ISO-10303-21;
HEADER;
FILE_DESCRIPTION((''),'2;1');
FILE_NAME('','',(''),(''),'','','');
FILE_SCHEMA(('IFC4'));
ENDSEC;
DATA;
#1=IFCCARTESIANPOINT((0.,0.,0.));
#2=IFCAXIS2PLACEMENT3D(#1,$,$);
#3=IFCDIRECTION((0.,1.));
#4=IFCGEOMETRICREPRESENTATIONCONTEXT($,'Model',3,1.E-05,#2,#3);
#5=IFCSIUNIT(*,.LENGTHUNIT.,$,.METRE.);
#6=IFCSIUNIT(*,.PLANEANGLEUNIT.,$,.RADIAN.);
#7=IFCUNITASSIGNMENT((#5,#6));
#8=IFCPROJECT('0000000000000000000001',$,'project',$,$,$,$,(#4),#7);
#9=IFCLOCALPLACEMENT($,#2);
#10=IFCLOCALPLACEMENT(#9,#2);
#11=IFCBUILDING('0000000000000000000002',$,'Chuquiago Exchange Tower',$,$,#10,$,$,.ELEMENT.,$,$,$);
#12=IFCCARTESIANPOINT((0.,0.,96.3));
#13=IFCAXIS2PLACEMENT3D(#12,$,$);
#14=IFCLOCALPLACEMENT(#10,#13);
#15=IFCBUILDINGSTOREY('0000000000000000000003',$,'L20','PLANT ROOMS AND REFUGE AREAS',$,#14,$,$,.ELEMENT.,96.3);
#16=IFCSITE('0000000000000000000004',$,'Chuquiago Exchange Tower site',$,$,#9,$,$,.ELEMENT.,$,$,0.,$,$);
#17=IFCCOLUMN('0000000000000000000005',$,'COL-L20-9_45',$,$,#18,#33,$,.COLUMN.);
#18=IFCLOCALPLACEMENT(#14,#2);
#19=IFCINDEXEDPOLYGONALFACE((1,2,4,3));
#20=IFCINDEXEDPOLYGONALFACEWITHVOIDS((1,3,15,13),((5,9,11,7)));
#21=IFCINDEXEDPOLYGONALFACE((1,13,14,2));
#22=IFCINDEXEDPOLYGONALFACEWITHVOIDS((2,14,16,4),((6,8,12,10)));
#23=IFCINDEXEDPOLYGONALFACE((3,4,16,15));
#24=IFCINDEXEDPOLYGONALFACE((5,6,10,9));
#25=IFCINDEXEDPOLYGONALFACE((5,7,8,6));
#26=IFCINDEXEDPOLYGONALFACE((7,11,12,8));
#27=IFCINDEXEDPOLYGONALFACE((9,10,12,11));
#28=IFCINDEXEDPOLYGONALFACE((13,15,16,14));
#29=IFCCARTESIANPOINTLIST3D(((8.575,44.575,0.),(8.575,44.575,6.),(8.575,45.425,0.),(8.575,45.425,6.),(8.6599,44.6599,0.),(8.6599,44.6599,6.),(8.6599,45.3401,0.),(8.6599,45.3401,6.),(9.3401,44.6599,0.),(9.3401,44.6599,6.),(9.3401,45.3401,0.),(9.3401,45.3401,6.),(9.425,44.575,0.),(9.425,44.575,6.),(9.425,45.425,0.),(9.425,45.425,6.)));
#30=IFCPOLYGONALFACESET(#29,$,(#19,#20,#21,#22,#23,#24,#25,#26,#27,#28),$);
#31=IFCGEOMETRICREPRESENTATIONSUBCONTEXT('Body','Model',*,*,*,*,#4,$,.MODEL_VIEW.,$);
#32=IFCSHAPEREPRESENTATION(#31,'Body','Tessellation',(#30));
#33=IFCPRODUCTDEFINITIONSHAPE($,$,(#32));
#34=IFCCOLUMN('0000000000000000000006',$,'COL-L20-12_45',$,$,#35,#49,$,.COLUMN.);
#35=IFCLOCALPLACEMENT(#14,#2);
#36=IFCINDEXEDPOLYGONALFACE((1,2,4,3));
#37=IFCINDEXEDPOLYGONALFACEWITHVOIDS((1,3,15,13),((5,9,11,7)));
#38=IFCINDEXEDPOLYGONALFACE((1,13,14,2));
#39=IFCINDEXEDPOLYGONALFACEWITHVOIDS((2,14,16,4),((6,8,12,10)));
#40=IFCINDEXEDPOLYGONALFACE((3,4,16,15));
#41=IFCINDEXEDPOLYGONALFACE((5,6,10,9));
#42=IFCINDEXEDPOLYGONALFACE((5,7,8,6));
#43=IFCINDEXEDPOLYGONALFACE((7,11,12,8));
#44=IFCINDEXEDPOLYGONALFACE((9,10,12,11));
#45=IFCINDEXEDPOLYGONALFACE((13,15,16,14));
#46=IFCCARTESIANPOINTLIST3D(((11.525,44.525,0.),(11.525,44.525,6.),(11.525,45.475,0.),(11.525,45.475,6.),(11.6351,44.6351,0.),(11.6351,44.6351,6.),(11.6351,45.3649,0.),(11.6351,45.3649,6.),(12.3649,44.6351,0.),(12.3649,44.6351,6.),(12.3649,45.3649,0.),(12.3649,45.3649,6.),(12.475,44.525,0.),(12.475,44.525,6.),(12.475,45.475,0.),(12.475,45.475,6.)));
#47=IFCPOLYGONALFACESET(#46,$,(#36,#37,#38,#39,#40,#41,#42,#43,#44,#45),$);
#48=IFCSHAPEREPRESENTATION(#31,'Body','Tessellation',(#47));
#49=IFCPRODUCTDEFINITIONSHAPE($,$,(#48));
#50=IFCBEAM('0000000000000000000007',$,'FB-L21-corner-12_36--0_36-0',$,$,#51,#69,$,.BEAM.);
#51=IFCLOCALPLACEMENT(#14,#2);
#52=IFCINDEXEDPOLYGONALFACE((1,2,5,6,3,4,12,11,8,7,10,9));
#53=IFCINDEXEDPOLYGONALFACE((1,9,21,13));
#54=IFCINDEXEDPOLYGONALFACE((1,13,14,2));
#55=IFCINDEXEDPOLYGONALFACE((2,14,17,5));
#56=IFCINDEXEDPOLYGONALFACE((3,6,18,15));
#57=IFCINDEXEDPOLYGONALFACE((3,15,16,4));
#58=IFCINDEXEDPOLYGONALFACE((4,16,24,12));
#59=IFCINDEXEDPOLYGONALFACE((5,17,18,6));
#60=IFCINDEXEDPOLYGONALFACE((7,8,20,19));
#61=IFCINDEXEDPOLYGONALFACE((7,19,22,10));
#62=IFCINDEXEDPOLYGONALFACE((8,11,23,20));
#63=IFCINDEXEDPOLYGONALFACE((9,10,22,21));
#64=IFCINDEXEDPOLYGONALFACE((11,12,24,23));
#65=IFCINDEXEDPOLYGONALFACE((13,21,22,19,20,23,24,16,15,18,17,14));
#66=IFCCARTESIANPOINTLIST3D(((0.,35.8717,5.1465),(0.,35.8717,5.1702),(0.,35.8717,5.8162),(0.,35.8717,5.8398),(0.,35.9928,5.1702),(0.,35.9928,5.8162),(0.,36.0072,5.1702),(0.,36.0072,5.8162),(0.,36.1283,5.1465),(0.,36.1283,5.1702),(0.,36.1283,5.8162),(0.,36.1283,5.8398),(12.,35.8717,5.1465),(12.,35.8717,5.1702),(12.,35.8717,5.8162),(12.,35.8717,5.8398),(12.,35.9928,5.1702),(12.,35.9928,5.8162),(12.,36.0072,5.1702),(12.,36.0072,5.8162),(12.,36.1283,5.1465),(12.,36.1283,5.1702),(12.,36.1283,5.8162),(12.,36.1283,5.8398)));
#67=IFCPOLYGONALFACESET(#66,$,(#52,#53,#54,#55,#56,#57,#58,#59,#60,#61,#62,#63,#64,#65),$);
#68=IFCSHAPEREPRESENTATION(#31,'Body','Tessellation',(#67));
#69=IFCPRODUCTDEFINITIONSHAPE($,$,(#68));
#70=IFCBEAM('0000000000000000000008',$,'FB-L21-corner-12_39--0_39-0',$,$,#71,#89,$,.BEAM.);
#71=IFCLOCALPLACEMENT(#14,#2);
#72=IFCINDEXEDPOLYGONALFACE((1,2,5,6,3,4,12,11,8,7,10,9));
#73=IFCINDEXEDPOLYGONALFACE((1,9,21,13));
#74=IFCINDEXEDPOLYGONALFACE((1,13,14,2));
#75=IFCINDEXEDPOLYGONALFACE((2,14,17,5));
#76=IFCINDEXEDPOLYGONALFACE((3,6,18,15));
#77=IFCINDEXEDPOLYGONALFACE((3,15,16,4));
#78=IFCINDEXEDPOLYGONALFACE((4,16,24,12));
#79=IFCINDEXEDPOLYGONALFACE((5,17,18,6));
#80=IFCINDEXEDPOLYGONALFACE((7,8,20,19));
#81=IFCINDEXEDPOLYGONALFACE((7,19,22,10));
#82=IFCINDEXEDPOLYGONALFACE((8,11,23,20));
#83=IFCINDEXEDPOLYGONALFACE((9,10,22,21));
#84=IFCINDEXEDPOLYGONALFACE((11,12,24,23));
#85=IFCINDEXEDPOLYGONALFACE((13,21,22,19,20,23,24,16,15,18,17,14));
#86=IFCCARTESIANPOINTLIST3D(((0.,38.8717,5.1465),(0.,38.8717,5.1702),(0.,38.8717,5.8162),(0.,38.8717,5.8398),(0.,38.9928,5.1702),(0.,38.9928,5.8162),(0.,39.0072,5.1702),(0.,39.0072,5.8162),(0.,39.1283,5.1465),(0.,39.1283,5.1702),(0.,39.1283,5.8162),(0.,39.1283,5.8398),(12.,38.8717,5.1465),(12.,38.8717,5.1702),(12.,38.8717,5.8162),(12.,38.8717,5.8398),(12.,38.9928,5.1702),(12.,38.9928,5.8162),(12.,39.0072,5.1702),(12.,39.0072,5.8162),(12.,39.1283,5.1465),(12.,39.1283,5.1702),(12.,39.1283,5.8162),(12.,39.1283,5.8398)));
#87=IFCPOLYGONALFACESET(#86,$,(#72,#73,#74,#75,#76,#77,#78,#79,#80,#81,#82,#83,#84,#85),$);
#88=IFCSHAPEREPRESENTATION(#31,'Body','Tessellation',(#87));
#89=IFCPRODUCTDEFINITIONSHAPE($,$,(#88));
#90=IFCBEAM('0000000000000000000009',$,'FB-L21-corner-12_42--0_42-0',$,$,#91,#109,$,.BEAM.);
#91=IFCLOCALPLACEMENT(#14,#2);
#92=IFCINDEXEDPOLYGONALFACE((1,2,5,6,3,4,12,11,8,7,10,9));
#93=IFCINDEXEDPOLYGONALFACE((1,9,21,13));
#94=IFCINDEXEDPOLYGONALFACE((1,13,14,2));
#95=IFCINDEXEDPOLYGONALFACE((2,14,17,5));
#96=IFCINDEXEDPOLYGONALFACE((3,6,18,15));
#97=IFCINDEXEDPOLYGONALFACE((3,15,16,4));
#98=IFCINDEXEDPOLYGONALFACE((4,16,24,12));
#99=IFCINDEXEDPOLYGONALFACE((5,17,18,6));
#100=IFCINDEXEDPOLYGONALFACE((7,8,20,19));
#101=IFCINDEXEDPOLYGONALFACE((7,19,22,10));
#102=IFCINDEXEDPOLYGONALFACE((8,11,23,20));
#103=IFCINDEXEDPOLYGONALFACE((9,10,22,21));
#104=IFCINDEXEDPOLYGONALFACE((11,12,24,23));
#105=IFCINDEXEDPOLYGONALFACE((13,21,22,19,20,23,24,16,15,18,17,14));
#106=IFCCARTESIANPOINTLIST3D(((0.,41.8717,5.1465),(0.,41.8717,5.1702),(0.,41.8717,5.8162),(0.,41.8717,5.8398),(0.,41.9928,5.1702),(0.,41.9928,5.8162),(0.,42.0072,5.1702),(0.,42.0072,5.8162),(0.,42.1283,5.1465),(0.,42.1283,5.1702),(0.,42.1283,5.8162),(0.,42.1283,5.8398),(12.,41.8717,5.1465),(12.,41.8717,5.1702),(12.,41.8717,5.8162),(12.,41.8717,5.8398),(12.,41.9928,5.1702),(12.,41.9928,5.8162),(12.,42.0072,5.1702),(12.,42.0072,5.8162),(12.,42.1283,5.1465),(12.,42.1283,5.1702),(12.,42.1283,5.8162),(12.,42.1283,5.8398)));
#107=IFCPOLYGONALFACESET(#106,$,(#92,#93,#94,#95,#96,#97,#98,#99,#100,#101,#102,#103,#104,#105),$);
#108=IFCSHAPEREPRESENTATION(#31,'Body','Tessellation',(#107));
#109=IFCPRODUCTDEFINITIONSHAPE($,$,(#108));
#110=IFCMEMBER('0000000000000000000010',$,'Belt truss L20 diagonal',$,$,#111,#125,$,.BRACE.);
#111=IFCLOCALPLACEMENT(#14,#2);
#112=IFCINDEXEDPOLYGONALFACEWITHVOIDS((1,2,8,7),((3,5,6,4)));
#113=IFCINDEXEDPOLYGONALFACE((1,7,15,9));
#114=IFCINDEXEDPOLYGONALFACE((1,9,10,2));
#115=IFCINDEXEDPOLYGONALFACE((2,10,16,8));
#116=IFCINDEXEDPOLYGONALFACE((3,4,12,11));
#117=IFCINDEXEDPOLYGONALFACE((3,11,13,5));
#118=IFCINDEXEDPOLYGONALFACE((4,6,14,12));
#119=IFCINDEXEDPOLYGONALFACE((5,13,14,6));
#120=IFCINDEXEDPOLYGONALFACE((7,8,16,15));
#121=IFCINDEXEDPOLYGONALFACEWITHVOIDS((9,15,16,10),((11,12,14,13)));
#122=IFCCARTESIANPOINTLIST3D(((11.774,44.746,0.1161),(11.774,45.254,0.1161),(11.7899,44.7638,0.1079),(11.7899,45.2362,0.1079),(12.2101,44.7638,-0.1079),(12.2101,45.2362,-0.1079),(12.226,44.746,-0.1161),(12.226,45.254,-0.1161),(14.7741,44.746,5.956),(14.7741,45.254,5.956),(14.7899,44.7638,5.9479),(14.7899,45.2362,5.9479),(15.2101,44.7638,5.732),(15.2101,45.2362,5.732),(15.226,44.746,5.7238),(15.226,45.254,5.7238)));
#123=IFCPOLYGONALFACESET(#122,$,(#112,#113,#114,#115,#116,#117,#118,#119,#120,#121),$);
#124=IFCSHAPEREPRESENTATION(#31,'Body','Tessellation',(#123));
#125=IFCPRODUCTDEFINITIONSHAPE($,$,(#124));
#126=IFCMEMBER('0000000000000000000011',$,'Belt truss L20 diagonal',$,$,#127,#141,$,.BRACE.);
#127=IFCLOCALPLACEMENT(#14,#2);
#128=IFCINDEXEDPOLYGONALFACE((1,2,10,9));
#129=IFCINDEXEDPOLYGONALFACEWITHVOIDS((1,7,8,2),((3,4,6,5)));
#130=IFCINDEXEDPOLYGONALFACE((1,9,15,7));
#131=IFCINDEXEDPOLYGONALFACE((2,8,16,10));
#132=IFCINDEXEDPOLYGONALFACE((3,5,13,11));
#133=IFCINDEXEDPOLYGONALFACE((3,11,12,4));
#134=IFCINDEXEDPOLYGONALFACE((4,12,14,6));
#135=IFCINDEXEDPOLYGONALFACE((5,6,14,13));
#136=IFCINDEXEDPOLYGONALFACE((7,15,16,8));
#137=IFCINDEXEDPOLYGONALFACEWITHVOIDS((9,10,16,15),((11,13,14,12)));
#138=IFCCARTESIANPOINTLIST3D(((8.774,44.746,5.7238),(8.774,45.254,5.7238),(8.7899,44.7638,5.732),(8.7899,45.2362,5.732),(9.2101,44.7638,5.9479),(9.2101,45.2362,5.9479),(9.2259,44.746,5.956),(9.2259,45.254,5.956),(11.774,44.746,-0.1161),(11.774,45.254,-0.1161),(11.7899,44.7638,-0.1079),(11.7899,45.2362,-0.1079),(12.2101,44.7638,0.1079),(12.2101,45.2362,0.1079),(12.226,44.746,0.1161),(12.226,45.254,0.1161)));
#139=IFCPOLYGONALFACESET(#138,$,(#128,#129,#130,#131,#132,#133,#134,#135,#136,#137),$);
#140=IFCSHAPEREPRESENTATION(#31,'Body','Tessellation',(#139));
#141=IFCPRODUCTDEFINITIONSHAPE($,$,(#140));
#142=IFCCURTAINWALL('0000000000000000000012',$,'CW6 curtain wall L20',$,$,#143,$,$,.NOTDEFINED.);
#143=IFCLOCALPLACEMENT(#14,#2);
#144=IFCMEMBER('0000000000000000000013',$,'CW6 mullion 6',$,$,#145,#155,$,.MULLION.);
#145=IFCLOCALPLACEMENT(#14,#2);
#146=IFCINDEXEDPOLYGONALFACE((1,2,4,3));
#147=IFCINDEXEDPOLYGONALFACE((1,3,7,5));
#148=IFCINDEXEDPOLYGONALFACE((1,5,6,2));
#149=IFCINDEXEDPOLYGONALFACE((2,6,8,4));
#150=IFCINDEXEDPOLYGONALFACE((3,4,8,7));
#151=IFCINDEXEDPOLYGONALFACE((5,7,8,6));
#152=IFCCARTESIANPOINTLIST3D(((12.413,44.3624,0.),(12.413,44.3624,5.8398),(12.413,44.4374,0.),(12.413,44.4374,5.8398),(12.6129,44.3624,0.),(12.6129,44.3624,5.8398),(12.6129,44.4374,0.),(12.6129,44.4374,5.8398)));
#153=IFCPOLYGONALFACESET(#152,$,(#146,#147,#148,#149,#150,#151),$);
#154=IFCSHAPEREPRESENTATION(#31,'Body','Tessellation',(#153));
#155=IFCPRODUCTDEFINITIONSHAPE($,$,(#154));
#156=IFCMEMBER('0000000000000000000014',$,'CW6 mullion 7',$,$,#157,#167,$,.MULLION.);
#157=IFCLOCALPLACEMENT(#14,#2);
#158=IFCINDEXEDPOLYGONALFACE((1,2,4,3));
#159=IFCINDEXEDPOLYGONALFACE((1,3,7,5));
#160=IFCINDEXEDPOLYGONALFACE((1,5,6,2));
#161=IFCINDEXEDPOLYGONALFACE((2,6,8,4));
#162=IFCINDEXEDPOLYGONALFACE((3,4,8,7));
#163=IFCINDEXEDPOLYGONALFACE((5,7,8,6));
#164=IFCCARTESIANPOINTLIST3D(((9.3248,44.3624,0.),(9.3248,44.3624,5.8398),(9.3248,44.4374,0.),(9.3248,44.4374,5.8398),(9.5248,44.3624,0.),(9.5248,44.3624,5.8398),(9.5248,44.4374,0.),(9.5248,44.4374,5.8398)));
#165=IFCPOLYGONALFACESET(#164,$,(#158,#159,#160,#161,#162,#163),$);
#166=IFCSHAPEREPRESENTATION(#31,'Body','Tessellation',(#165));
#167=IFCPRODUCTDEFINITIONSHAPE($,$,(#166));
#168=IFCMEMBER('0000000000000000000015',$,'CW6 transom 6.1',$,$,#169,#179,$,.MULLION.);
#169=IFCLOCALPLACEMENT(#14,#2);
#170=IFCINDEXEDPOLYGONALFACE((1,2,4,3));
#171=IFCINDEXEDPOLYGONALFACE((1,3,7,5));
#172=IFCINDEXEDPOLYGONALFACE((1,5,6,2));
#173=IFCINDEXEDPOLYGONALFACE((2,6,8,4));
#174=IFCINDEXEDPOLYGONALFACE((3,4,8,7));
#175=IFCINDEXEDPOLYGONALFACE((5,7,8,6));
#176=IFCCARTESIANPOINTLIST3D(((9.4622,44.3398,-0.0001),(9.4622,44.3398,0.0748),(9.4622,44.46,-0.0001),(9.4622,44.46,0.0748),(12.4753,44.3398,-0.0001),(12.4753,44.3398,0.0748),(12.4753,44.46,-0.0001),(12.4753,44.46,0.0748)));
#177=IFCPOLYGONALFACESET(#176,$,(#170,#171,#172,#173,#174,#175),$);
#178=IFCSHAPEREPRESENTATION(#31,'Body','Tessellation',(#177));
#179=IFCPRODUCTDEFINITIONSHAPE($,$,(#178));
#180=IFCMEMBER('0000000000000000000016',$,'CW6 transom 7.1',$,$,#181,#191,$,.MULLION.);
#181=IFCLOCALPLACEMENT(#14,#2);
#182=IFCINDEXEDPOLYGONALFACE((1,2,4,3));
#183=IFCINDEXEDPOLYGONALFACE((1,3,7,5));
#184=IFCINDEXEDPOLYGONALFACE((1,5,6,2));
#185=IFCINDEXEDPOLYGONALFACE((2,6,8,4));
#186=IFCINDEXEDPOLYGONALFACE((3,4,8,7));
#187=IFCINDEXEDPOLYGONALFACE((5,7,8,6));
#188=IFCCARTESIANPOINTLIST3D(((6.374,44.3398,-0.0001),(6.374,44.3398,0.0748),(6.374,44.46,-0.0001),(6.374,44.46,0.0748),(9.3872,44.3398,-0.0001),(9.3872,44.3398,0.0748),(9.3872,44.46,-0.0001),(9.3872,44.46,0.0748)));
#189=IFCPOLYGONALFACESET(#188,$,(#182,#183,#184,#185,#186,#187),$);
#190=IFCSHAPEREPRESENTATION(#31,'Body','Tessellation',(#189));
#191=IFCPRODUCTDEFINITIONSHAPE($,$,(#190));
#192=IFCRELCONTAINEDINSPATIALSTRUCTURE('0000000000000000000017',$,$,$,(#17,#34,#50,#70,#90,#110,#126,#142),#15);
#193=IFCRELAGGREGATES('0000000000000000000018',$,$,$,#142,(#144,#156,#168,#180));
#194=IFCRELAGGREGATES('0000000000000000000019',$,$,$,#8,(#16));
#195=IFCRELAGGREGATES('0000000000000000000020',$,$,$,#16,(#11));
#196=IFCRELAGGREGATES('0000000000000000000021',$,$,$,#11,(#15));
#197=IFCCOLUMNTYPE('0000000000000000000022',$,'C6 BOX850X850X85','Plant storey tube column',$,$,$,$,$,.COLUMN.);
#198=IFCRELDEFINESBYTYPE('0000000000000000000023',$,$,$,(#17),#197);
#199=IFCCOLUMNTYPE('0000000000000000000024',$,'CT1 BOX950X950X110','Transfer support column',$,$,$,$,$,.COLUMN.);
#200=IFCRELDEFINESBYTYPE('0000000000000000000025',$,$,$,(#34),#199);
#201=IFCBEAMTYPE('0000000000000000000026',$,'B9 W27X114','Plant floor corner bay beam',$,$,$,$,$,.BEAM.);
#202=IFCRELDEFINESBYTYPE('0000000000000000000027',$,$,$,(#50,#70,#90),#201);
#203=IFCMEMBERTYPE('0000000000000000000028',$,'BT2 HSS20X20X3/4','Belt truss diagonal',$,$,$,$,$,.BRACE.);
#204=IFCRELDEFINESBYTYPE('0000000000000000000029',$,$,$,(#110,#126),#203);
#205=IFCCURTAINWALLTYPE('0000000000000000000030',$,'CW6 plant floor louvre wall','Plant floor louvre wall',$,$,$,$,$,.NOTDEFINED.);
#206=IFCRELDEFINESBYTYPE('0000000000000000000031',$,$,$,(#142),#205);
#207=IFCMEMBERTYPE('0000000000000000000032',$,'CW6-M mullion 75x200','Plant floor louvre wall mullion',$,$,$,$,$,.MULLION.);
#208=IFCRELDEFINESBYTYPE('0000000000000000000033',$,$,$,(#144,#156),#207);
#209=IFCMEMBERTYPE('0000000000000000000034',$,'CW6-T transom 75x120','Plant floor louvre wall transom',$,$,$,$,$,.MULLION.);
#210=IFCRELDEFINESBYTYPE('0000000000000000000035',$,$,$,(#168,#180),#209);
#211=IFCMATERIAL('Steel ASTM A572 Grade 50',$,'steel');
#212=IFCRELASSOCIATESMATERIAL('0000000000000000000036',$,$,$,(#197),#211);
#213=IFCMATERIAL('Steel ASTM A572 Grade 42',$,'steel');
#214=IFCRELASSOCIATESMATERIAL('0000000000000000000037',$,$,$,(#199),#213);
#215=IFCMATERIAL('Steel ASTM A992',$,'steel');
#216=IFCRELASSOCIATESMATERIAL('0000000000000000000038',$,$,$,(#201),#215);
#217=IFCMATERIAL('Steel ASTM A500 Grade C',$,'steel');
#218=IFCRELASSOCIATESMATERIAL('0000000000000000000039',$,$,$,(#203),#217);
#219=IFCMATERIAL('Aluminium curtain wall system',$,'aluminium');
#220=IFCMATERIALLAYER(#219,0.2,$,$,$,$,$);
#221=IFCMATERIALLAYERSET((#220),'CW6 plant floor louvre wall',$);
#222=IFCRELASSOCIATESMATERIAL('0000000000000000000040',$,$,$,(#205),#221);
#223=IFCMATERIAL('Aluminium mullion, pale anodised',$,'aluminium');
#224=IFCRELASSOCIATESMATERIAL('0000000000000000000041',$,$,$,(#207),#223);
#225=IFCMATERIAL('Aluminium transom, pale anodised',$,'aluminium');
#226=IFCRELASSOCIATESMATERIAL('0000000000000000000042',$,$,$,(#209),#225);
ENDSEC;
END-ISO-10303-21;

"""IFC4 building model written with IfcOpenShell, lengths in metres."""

from ifc_helpers import new_model, si_unit, direction, frame, origin, origin_2d, place, context, subcontext, project, spatial, rectangle, hollow_rectangle, i_section, extrude, material, layer, layer_set, material_profile, profile_set, type_object, element, aggregate, save


model = new_model("IFC4")

# Units and contexts
model_context = context("Model", 3, precision=1e-05, world=origin(), true_north=direction((0.0, 1.0)))
body_context = subcontext(model_context, "Body", "Model", "MODEL_VIEW")
ifc_project = project(units=[si_unit("LENGTHUNIT", "METRE"), si_unit("PLANEANGLEUNIT", "RADIAN")], contexts=[model_context])

# Site, building, storey
site_placement = place(None, origin())
site = spatial("IfcSite", under=ifc_project, at=site_placement, Name="Chuquiago Exchange Tower site", CompositionType="ELEMENT", RefElevation=0.0)
building_placement = place(site_placement, origin())
building = spatial("IfcBuilding", under=site, at=building_placement, Name="Chuquiago Exchange Tower", CompositionType="ELEMENT")
storey_placement = place(building_placement, frame((0.0, 0.0, 96.3)))
storey = spatial("IfcBuildingStorey", under=building, at=storey_placement, Name="L20", Description="PLANT ROOMS AND REFUGE AREAS", CompositionType="ELEMENT", Elevation=96.3)

# Columns
ifc_material_1 = material(Name="Steel ASTM A572 Grade 50", Category="steel")
ifc_material_profile_1 = material_profile(ifc_material_1, hollow_rectangle(XDim=0.8501, YDim=0.8501, WallThickness=0.085, at=origin_2d()), Name="BOX850X850X85")
ifc_profile_set_1 = profile_set([ifc_material_profile_1], Name="Steel ASTM A572 Grade 50")
column_type_1 = type_object("IfcColumnType", Name="C6 BOX850X850X85", Description="Plant storey tube column", PredefinedType="COLUMN", material=ifc_profile_set_1)
column_1_placement = place(storey_placement, frame((9.0, 45.0, 0.0), z_axis=(0.0, 0.0, 1.0), x_axis=(0.0, 1.0, 0.0)))
element("IfcColumn", 1, at=column_1_placement, inside=storey, type_object=column_type_1, Name="COL-L20-9_45", PredefinedType="COLUMN", context=body_context, shape_type="SweptSolid", body=[
    extrude(hollow_rectangle(XDim=0.8501, YDim=0.8501, WallThickness=0.085, at=origin_2d()), origin(), (0.0, 0.0, 1.0), 6.0),
])
ifc_material_2 = material(Name="Steel ASTM A572 Grade 42", Category="steel")
ifc_material_profile_2 = material_profile(ifc_material_2, hollow_rectangle(XDim=0.95, YDim=0.95, WallThickness=0.1101, at=origin_2d()), Name="BOX950X950X110")
ifc_profile_set_2 = profile_set([ifc_material_profile_2], Name="Steel ASTM A572 Grade 42")
column_type_2 = type_object("IfcColumnType", Name="CT1 BOX950X950X110", Description="Transfer support column", PredefinedType="COLUMN", material=ifc_profile_set_2)
column_2_placement = place(storey_placement, frame((12.0, 45.0, 0.0), z_axis=(0.0, 0.0, 1.0), x_axis=(0.0, 1.0, 0.0)))
element("IfcColumn", 2, at=column_2_placement, inside=storey, type_object=column_type_2, Name="COL-L20-12_45", PredefinedType="COLUMN", context=body_context, shape_type="SweptSolid", body=[
    extrude(hollow_rectangle(XDim=0.95, YDim=0.95, WallThickness=0.1101, at=origin_2d()), origin(), (0.0, 0.0, 1.0), 6.0),
])

# Beams
ifc_material_3 = material(Name="Steel ASTM A992", Category="steel")
ifc_material_profile_3 = material_profile(ifc_material_3, i_section(OverallWidth=0.2566, OverallDepth=0.6934, WebThickness=0.0144, FlangeThickness=0.0237, at=origin_2d()), Name="W27X114")
ifc_profile_set_3 = profile_set([ifc_material_profile_3], Name="Steel ASTM A992")
beam_type_1 = type_object("IfcBeamType", Name="B9 W27X114", Description="Plant floor corner bay beam", PredefinedType="BEAM", material=ifc_profile_set_3)
for number, where, z_axis, x_axis, name in (
    (3, (12.0, 36.0, 5.4932), (-1.0, 0.0, 0.0), (0.0, -1.0, 0.0), "FB-L21-corner-12_36--0_36-0"),
    (4, (12.0, 39.0, 5.4932), (-1.0, 0.0, 0.0), (0.0, -1.0, 0.0), "FB-L21-corner-12_39--0_39-0"),
    (5, (12.0, 42.0, 5.4932), (-1.0, 0.0, 0.0), (0.0, -1.0, 0.0), "FB-L21-corner-12_42--0_42-0"),
):
    element("IfcBeam", number, at=place(storey_placement, frame(where, z_axis=z_axis, x_axis=x_axis)), inside=storey, type_object=beam_type_1, Name=name, PredefinedType="BEAM", context=body_context, shape_type="SweptSolid", body=[
        extrude(i_section(OverallWidth=0.2566, OverallDepth=0.6934, WebThickness=0.0144, FlangeThickness=0.0237, at=origin_2d()), origin(), (0.0, 0.0, 1.0), 12.0),
    ])

# Members
ifc_material_4 = material(Name="Steel ASTM A500 Grade C", Category="steel")
ifc_material_profile_4 = material_profile(ifc_material_4, hollow_rectangle(XDim=0.5081, YDim=0.5081, WallThickness=0.0178, at=origin_2d()), Name="HSS20X20X3/4")
ifc_profile_set_4 = profile_set([ifc_material_profile_4], Name="Steel ASTM A500 Grade C")
member_type_1 = type_object("IfcMemberType", Name="BT2 HSS20X20X3/4", Description="Belt truss diagonal", PredefinedType="BRACE", material=ifc_profile_set_4)
for number, where, z_axis, x_axis, name in (
    (6, (12.0, 45.0, 0.0), (0.456945, 0.0, 0.889495), (0.0, 1.0, 0.0), "Belt truss L20 diagonal"),
    (7, (12.0, 45.0, 0.0), (-0.456945, 0.0, 0.889495), (0.0, -1.0, 0.0), "Belt truss L20 diagonal"),
):
    element("IfcMember", number, at=place(storey_placement, frame(where, z_axis=z_axis, x_axis=x_axis)), inside=storey, type_object=member_type_1, Name=name, PredefinedType="BRACE", context=body_context, shape_type="SweptSolid", body=[
        extrude(hollow_rectangle(XDim=0.5081, YDim=0.5081, WallThickness=0.0178, at=origin_2d()), origin(), (0.0, 0.0, 1.0), 6.5654),
    ])

# Curtain wall, members
ifc_material_5 = material(Name="Aluminium curtain wall system", Category="aluminium")
ifc_layer_1 = layer(ifc_material_5, 0.2)
ifc_layer_set_1 = layer_set([ifc_layer_1], Name="CW6 plant floor louvre wall")
curtain_wall_type = type_object("IfcCurtainWallType", Name="CW6 plant floor louvre wall", Description="Plant floor louvre wall", PredefinedType="NOTDEFINED", material=ifc_layer_set_1)
curtain_wall_placement = place(storey_placement, origin())
curtain_wall = element("IfcCurtainWall", 8, at=curtain_wall_placement, inside=storey, type_object=curtain_wall_type, Name="CW6 curtain wall L20", PredefinedType="NOTDEFINED")
ifc_material_6 = material(Name="Aluminium mullion, pale anodised", Category="aluminium")
ifc_material_profile_5 = material_profile(ifc_material_6, rectangle(XDim=0.075, YDim=0.2, at=origin_2d()), Name="AL 75x200")
ifc_profile_set_5 = profile_set([ifc_material_profile_5], Name="Aluminium mullion, pale anodised")
member_type_2 = type_object("IfcMemberType", Name="CW6-M mullion 75x200", Description="Plant floor louvre wall mullion", PredefinedType="MULLION", material=ifc_profile_set_5)
member_1_placement = place(storey_placement, frame((12.5129, 44.3999, 0.0), z_axis=(0.0, 0.0, 1.0), x_axis=(0.0, -1.0, 0.0)))
member_1 = element("IfcMember", 9, at=member_1_placement, type_object=member_type_2, Name="CW6 mullion 6", PredefinedType="MULLION", context=body_context, shape_type="SweptSolid", body=[
    extrude(rectangle(XDim=0.075, YDim=0.2, at=origin_2d()), origin(), (0.0, 0.0, 1.0), 5.8398),
])
member_2_placement = place(storey_placement, frame((9.4248, 44.3999, 0.0), z_axis=(0.0, 0.0, 1.0), x_axis=(0.0, -1.0, 0.0)))
member_2 = element("IfcMember", 10, at=member_2_placement, type_object=member_type_2, Name="CW6 mullion 7", PredefinedType="MULLION", context=body_context, shape_type="SweptSolid", body=[
    extrude(rectangle(XDim=0.075, YDim=0.2, at=origin_2d()), origin(), (0.0, 0.0, 1.0), 5.8398),
])
ifc_material_7 = material(Name="Aluminium transom, pale anodised", Category="aluminium")
ifc_material_profile_6 = material_profile(ifc_material_7, rectangle(XDim=0.1201, YDim=0.075, at=origin_2d()), Name="AL 120x75")
ifc_profile_set_6 = profile_set([ifc_material_profile_6], Name="Aluminium transom, pale anodised")
member_type_3 = type_object("IfcMemberType", Name="CW6-T transom 75x120", Description="Plant floor louvre wall transom", PredefinedType="MULLION", material=ifc_profile_set_6)
member_3_placement = place(storey_placement, frame((12.4753, 44.3999, 0.0374), z_axis=(-1.0, 0.0, 0.0), x_axis=(0.0, -1.0, 0.0)))
member_3 = element("IfcMember", 11, at=member_3_placement, type_object=member_type_3, Name="CW6 transom 6.1", PredefinedType="MULLION", context=body_context, shape_type="SweptSolid", body=[
    extrude(rectangle(XDim=0.1201, YDim=0.075, at=origin_2d()), origin(), (0.0, 0.0, 1.0), 3.0132),
])
member_4_placement = place(storey_placement, frame((9.3872, 44.3999, 0.0374), z_axis=(-1.0, 0.0, 0.0), x_axis=(0.0, -1.0, 0.0)))
member_4 = element("IfcMember", 12, at=member_4_placement, type_object=member_type_3, Name="CW6 transom 7.1", PredefinedType="MULLION", context=body_context, shape_type="SweptSolid", body=[
    extrude(rectangle(XDim=0.1201, YDim=0.075, at=origin_2d()), origin(), (0.0, 0.0, 1.0), 3.0132),
])

aggregate(curtain_wall, [member_1, member_2, member_3, member_4])

save(model, "model.ifc")
